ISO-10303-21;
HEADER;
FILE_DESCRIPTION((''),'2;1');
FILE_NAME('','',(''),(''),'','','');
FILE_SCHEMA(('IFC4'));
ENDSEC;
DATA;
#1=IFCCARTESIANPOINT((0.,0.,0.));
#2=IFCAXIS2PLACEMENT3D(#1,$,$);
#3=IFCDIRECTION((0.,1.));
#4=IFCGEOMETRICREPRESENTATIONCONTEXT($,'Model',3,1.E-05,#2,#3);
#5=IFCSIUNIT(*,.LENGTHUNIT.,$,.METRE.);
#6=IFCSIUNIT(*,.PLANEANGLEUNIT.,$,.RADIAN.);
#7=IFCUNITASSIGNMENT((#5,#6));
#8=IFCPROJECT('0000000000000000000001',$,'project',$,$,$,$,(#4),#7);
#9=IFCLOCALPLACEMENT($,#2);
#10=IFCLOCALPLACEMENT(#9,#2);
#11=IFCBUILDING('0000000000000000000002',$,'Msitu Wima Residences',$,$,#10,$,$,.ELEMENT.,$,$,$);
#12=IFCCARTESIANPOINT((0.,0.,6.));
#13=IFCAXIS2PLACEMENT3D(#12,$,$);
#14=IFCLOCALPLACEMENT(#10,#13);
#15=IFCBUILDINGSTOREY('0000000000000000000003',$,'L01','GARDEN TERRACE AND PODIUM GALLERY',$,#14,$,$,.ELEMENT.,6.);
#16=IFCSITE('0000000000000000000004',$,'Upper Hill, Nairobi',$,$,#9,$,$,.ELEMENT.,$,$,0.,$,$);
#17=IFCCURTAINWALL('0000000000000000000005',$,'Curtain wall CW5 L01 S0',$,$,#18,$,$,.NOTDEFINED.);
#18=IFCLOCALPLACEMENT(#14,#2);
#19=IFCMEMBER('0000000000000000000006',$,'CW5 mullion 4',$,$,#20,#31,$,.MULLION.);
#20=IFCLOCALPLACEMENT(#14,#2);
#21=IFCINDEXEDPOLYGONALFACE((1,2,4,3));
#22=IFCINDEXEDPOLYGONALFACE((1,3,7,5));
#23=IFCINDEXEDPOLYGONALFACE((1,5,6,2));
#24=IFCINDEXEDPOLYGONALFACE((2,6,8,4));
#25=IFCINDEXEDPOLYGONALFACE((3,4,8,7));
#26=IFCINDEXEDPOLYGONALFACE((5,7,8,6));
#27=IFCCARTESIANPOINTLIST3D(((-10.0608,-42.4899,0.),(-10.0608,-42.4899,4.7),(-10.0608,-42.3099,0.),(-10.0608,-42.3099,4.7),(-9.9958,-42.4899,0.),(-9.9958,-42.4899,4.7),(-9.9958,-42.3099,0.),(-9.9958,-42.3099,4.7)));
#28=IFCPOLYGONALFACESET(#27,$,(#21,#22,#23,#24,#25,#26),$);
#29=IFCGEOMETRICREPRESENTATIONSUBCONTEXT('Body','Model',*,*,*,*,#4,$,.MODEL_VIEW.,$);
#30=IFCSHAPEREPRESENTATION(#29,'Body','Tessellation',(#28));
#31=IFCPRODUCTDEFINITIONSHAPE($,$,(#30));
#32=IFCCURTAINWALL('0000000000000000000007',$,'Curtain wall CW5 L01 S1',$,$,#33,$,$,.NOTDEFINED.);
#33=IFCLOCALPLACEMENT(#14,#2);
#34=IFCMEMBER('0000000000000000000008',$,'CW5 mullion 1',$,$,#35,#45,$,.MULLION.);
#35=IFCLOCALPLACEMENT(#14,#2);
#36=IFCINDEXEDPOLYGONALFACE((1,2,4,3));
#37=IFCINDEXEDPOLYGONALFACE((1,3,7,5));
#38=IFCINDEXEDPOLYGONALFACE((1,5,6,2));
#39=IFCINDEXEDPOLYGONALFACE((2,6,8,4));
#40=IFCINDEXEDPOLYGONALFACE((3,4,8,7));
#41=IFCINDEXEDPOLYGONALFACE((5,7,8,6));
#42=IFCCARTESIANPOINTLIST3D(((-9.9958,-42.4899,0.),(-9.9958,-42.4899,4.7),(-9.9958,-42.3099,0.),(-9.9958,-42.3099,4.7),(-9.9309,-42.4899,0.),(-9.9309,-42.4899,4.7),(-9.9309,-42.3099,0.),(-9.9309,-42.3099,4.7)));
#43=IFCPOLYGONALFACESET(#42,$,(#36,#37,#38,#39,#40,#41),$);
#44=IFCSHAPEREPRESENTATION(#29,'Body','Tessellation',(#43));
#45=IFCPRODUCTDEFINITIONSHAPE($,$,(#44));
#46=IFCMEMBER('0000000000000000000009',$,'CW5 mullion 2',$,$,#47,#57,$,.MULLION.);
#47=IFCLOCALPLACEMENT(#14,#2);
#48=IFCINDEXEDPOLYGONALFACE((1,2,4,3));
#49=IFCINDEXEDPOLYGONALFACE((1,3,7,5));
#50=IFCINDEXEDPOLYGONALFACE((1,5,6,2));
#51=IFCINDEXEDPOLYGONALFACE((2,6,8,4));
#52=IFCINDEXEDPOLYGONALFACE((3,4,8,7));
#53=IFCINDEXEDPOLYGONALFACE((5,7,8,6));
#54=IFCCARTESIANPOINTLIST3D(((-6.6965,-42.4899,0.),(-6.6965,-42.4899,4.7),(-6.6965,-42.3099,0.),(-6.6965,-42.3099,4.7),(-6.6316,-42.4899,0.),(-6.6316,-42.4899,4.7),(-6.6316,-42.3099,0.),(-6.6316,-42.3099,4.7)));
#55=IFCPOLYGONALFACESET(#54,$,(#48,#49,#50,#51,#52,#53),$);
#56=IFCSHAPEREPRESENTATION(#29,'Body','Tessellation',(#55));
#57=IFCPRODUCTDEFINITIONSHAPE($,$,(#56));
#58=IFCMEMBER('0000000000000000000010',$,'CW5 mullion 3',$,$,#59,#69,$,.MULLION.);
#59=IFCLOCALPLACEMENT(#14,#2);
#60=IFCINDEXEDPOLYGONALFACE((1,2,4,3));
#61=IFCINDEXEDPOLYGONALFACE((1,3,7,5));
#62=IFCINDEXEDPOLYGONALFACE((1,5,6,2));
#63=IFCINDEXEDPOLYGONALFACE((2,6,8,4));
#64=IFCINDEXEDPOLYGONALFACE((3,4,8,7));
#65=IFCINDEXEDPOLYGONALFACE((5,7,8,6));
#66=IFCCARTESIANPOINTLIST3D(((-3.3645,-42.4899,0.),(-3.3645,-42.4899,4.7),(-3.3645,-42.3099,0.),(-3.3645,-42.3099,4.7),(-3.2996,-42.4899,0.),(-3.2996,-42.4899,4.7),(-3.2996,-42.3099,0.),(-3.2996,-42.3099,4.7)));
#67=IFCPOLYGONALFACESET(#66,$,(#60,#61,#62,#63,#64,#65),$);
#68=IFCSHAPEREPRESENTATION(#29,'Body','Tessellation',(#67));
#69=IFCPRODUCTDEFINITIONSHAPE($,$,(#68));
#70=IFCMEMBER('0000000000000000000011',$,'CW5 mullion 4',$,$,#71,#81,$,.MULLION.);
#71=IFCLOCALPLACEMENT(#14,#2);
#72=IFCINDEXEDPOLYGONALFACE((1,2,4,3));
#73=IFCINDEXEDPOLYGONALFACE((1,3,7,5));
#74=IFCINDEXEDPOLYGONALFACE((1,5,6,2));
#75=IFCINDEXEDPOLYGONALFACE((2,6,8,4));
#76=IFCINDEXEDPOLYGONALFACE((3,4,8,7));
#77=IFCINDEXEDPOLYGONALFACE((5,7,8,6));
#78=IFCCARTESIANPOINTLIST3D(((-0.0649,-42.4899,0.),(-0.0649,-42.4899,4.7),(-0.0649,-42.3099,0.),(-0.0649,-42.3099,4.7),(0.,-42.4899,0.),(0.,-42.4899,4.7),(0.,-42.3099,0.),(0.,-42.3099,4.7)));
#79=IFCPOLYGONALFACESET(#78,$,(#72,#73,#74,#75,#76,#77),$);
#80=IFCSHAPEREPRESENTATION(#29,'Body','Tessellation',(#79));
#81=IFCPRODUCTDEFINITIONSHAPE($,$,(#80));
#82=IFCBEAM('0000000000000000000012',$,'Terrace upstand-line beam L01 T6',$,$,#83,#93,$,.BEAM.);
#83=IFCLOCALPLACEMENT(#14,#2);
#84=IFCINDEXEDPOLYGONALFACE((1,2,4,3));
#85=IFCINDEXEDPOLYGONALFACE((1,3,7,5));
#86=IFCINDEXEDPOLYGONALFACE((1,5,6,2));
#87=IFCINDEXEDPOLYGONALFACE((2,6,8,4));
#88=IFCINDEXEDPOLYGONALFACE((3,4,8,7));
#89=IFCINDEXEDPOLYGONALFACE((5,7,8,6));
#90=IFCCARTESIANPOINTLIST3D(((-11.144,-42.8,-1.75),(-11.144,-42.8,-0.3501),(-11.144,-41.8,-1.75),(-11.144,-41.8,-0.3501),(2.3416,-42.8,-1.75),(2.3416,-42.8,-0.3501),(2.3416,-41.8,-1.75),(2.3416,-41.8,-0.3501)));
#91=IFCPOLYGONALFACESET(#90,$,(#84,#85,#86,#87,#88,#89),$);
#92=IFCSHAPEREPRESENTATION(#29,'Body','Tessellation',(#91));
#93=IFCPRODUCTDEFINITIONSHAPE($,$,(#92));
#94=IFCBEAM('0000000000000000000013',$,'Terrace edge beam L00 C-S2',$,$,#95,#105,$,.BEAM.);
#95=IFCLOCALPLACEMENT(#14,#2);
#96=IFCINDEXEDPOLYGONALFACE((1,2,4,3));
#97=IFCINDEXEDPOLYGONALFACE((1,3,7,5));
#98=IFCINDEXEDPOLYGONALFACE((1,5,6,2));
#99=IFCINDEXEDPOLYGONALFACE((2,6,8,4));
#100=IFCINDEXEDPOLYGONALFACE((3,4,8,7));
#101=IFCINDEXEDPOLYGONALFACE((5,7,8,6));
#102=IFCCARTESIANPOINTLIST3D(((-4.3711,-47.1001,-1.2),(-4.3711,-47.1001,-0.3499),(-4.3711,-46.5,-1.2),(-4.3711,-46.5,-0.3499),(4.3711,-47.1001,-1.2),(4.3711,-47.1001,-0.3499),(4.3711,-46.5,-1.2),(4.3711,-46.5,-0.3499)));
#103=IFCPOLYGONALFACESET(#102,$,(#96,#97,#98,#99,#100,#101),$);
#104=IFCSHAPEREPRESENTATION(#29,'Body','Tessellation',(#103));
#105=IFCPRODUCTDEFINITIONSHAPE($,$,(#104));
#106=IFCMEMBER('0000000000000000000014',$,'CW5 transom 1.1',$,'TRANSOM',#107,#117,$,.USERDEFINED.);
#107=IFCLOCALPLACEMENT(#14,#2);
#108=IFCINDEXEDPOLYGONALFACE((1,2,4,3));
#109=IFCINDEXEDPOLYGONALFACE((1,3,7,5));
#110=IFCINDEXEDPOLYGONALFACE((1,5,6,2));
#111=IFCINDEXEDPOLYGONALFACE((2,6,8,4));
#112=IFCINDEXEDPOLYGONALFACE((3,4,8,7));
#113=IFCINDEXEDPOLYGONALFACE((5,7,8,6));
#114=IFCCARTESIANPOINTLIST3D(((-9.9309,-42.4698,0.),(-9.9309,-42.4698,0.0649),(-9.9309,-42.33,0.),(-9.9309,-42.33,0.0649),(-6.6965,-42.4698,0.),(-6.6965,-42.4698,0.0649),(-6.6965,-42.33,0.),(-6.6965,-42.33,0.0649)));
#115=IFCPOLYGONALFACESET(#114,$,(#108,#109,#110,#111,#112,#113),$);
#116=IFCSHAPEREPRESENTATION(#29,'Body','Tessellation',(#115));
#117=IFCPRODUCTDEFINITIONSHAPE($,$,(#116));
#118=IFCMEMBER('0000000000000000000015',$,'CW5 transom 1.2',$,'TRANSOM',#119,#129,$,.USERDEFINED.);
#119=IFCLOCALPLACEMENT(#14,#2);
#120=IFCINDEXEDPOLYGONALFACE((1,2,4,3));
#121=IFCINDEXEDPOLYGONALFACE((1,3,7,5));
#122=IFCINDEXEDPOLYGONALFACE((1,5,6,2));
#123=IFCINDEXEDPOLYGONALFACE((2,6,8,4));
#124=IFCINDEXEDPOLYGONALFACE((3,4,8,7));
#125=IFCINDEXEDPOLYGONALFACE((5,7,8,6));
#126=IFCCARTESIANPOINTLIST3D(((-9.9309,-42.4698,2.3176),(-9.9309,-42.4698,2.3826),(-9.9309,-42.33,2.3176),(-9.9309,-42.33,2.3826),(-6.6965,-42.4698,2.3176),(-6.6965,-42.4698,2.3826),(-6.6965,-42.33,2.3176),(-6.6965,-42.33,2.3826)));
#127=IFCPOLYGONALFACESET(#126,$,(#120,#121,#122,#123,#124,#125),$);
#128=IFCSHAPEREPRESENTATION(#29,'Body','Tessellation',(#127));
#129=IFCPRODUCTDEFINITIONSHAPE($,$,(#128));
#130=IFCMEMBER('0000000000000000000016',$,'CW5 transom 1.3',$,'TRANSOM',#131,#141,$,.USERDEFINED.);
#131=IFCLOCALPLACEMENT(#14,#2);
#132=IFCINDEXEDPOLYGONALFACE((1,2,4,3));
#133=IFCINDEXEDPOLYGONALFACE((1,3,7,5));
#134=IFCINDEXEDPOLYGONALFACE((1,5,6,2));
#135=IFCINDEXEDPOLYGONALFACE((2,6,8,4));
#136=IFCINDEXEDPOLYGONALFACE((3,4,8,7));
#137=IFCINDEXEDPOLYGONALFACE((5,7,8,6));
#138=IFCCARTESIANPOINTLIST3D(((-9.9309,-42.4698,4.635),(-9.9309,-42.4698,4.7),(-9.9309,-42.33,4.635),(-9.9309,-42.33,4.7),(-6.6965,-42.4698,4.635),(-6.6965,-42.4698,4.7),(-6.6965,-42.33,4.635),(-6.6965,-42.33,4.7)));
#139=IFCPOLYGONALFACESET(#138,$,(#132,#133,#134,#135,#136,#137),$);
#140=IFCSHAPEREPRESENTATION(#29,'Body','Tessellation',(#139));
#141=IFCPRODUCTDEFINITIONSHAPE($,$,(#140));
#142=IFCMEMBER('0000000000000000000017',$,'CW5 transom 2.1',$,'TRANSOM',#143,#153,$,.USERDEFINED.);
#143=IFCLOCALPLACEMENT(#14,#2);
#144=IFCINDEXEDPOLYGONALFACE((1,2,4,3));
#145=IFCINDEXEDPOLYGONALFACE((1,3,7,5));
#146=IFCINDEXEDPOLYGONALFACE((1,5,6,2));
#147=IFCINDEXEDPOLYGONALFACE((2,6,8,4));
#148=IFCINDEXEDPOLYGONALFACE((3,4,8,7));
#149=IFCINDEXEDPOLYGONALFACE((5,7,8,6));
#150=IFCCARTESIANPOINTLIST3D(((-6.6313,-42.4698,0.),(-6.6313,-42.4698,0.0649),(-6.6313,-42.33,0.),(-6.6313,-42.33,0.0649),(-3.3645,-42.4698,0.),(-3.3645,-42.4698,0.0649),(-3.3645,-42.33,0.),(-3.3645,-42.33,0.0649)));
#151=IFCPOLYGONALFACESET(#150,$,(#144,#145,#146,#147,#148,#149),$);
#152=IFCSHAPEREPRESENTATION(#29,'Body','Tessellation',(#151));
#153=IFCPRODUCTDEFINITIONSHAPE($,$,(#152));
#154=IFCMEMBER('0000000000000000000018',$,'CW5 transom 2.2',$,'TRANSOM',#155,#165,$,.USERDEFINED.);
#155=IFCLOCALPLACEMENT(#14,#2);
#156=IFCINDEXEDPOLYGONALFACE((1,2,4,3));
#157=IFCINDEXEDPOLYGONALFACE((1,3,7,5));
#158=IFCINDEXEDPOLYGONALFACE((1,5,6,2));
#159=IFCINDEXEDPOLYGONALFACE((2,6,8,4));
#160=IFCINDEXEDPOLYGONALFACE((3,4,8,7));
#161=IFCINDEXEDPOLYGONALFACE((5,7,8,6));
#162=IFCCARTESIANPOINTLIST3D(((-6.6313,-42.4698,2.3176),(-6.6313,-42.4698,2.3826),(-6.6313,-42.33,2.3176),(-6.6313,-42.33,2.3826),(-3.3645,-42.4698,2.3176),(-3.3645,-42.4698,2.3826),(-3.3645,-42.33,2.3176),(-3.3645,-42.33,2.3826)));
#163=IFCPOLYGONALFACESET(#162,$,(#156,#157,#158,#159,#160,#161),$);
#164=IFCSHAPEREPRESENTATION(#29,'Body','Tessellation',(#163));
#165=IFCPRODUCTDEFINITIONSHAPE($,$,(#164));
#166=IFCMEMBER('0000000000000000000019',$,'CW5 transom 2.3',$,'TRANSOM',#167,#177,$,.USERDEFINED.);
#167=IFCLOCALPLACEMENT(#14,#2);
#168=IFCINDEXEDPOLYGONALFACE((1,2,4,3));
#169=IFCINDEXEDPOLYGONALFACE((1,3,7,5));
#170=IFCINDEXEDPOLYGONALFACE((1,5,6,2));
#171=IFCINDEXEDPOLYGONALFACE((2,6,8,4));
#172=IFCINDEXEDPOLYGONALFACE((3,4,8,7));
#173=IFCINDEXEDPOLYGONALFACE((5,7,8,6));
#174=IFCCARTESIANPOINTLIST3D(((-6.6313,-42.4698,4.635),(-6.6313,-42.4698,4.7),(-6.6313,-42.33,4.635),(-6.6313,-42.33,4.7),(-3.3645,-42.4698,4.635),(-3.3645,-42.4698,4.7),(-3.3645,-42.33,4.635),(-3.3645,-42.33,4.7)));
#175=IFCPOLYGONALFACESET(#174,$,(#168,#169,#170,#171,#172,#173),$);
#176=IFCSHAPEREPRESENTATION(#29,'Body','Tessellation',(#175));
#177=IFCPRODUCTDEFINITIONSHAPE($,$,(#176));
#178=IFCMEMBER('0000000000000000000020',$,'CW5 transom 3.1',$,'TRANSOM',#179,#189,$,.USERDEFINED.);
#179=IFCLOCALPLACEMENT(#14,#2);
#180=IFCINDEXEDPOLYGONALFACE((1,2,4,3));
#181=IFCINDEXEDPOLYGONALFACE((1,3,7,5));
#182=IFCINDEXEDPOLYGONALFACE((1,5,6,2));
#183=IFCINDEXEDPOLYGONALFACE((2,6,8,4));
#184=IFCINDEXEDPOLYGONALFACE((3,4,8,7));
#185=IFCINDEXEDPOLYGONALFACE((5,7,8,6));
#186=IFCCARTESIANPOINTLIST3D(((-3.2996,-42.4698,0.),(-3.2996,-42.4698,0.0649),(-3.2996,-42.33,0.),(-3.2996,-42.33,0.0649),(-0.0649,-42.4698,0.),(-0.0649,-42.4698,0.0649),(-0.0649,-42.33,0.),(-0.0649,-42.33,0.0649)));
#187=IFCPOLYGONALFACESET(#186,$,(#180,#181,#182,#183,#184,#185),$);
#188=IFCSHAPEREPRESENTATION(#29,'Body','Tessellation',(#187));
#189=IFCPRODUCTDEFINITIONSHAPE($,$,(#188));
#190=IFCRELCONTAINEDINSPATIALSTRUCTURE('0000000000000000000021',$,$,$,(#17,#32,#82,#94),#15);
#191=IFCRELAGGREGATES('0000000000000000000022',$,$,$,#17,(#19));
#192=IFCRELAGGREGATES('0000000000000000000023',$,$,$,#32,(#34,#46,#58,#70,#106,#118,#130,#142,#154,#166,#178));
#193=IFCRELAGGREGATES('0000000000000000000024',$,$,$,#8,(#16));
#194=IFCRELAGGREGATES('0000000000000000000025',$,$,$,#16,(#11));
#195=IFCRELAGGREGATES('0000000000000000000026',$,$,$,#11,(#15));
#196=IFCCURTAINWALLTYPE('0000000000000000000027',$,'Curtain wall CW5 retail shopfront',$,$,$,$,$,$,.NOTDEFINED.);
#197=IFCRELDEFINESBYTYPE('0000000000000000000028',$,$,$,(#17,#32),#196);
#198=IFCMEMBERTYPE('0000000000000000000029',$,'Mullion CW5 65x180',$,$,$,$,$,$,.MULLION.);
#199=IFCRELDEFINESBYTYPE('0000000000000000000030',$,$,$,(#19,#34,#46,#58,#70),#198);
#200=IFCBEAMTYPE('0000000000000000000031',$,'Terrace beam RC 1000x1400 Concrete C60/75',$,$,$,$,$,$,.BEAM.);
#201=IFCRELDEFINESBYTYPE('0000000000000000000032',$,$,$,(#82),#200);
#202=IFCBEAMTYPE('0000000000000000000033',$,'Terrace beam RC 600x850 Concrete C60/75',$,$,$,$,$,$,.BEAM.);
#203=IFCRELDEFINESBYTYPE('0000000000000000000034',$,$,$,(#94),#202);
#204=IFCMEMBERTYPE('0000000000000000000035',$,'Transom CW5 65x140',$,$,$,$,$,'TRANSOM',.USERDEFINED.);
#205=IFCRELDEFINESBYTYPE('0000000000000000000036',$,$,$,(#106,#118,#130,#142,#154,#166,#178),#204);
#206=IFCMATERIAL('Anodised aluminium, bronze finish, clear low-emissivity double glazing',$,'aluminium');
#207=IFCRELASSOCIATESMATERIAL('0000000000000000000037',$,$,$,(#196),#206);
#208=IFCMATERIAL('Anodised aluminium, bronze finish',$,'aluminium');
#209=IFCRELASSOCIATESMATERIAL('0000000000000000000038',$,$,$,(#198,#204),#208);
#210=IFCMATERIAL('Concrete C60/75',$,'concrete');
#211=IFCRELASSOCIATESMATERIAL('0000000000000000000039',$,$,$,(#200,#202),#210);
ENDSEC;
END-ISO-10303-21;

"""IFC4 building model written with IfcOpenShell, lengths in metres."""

from ifc_helpers import new_model, si_unit, direction, frame, origin, origin_2d, place, context, subcontext, project, spatial, rectangle, extrude, material, material_profile, profile_set, type_object, element, aggregate, save


model = new_model("IFC4")

# Units and contexts
model_context = context("Model", 3, precision=1e-05, world=origin(), true_north=direction((0.0, 1.0)))
body_context = subcontext(model_context, "Body", "Model", "MODEL_VIEW")
ifc_project = project(units=[si_unit("LENGTHUNIT", "METRE"), si_unit("PLANEANGLEUNIT", "RADIAN")], contexts=[model_context])

# Site, building, storey
site_placement = place(None, origin())
site = spatial("IfcSite", under=ifc_project, at=site_placement, Name="Upper Hill, Nairobi", CompositionType="ELEMENT", RefElevation=0.0)
building_placement = place(site_placement, origin())
building = spatial("IfcBuilding", under=site, at=building_placement, Name="Msitu Wima Residences", CompositionType="ELEMENT")
storey_placement = place(building_placement, frame((0.0, 0.0, 6.0)))
storey = spatial("IfcBuildingStorey", under=building, at=storey_placement, Name="L01", Description="GARDEN TERRACE AND PODIUM GALLERY", CompositionType="ELEMENT", Elevation=6.0)

# Curtain wall, member
ifc_material_1 = material(Name="Anodised aluminium, bronze finish, clear low-emissivity double glazing", Category="aluminium")
curtain_wall_type = type_object("IfcCurtainWallType", Name="Curtain wall CW5 retail shopfront", PredefinedType="NOTDEFINED", material=ifc_material_1)
curtain_wall_1_placement = place(storey_placement, origin())
curtain_wall_1 = element("IfcCurtainWall", 1, at=curtain_wall_1_placement, inside=storey, type_object=curtain_wall_type, Name="Curtain wall CW5 L01 S0", PredefinedType="NOTDEFINED")
ifc_material_2 = material(Name="Anodised aluminium, bronze finish", Category="aluminium")
ifc_material_profile_1 = material_profile(ifc_material_2, rectangle(XDim=0.1799, YDim=0.0649, at=origin_2d()), Name="Mullion 65x180")
ifc_profile_set_1 = profile_set([ifc_material_profile_1], Name="Anodised aluminium, bronze finish")
member_type_1 = type_object("IfcMemberType", Name="Mullion CW5 65x180", PredefinedType="MULLION", material=ifc_profile_set_1)
member_1_placement = place(storey_placement, frame((-10.0283, -42.3999, 0.0), z_axis=(0.0, 0.0, 1.0), x_axis=(0.0, 1.0, 0.0)))
member_1 = element("IfcMember", 2, at=member_1_placement, type_object=member_type_1, Name="CW5 mullion 4", PredefinedType="MULLION", context=body_context, shape_type="SweptSolid", body=[
    extrude(rectangle(XDim=0.1799, YDim=0.0649, at=origin_2d()), origin(), (0.0, 0.0, 1.0), 4.7),
])

# Curtain wall, members
curtain_wall_2_placement = place(storey_placement, origin())
curtain_wall_2 = element("IfcCurtainWall", 3, at=curtain_wall_2_placement, inside=storey, type_object=curtain_wall_type, Name="Curtain wall CW5 L01 S1", PredefinedType="NOTDEFINED")
member_2_placement = place(storey_placement, frame((-9.9634, -42.3999, 0.0), z_axis=(0.0, 0.0, 1.0), x_axis=(0.0, 1.0, 0.0)))
member_2 = element("IfcMember", 4, at=member_2_placement, type_object=member_type_1, Name="CW5 mullion 1", PredefinedType="MULLION", context=body_context, shape_type="SweptSolid", body=[
    extrude(rectangle(XDim=0.1799, YDim=0.0649, at=origin_2d()), origin(), (0.0, 0.0, 1.0), 4.7),
])
member_3_placement = place(storey_placement, frame((-6.6641, -42.3999, 0.0), z_axis=(0.0, 0.0, 1.0), x_axis=(0.0, 1.0, 0.0)))
member_3 = element("IfcMember", 5, at=member_3_placement, type_object=member_type_1, Name="CW5 mullion 2", PredefinedType="MULLION", context=body_context, shape_type="SweptSolid", body=[
    extrude(rectangle(XDim=0.1799, YDim=0.0649, at=origin_2d()), origin(), (0.0, 0.0, 1.0), 4.7),
])
member_4_placement = place(storey_placement, frame((-3.332, -42.3999, 0.0), z_axis=(0.0, 0.0, 1.0), x_axis=(0.0, 1.0, 0.0)))
member_4 = element("IfcMember", 6, at=member_4_placement, type_object=member_type_1, Name="CW5 mullion 3", PredefinedType="MULLION", context=body_context, shape_type="SweptSolid", body=[
    extrude(rectangle(XDim=0.1799, YDim=0.0649, at=origin_2d()), origin(), (0.0, 0.0, 1.0), 4.7),
])
member_5_placement = place(storey_placement, frame((-0.0325, -42.3999, 0.0), z_axis=(0.0, 0.0, 1.0), x_axis=(0.0, 1.0, 0.0)))
member_5 = element("IfcMember", 7, at=member_5_placement, type_object=member_type_1, Name="CW5 mullion 4", PredefinedType="MULLION", context=body_context, shape_type="SweptSolid", body=[
    extrude(rectangle(XDim=0.1799, YDim=0.0649, at=origin_2d()), origin(), (0.0, 0.0, 1.0), 4.7),
])

# Beams
ifc_material_3 = material(Name="Concrete C60/75", Category="concrete")
ifc_material_profile_2 = material_profile(ifc_material_3, rectangle(XDim=1.0, YDim=1.3999, at=origin_2d()), Name="RC 1000x1400")
ifc_profile_set_2 = profile_set([ifc_material_profile_2], Name="Concrete C60/75")
beam_type_1 = type_object("IfcBeamType", Name="Terrace beam RC 1000x1400 Concrete C60/75", PredefinedType="BEAM", material=ifc_profile_set_2)
beam_1_placement = place(storey_placement, frame((-11.144, -42.3, -1.05), z_axis=(1.0, 0.0, 0.0), x_axis=(0.0, 1.0, 0.0)))
element("IfcBeam", 8, at=beam_1_placement, inside=storey, type_object=beam_type_1, Name="Terrace upstand-line beam L01 T6", PredefinedType="BEAM", context=body_context, shape_type="SweptSolid", body=[
    extrude(rectangle(XDim=1.0, YDim=1.3999, at=origin_2d()), origin(), (0.0, 0.0, 1.0), 13.4856),
])
ifc_material_profile_3 = material_profile(ifc_material_3, rectangle(XDim=0.6001, YDim=0.8501, at=origin_2d()), Name="RC 600x850")
ifc_profile_set_3 = profile_set([ifc_material_profile_3], Name="Concrete C60/75")
beam_type_2 = type_object("IfcBeamType", Name="Terrace beam RC 600x850 Concrete C60/75", PredefinedType="BEAM", material=ifc_profile_set_3)
beam_2_placement = place(storey_placement, frame((-4.3711, -46.8, -0.7749), z_axis=(1.0, 0.0, 0.0), x_axis=(0.0, 1.0, 0.0)))
element("IfcBeam", 9, at=beam_2_placement, inside=storey, type_object=beam_type_2, Name="Terrace edge beam L00 C-S2", PredefinedType="BEAM", context=body_context, shape_type="SweptSolid", body=[
    extrude(rectangle(XDim=0.6001, YDim=0.8501, at=origin_2d()), origin(), (0.0, 0.0, 1.0), 8.7422),
])

# Members
ifc_material_profile_4 = material_profile(ifc_material_2, rectangle(XDim=0.1399, YDim=0.0649, at=origin_2d()), Name="Transom 65x140")
ifc_profile_set_4 = profile_set([ifc_material_profile_4], Name="Anodised aluminium, bronze finish")
member_type_2 = type_object("IfcMemberType", Name="Transom CW5 65x140", ElementType="TRANSOM", PredefinedType="USERDEFINED", material=ifc_profile_set_4)
member_6_placement = place(storey_placement, frame((-9.9309, -42.3999, 0.0325), z_axis=(1.0, 0.0, 0.0), x_axis=(0.0, 1.0, 0.0)))
member_6 = element("IfcMember", 10, at=member_6_placement, type_object=member_type_2, Name="CW5 transom 1.1", ObjectType="TRANSOM", PredefinedType="USERDEFINED", context=body_context, shape_type="SweptSolid", body=[
    extrude(rectangle(XDim=0.1399, YDim=0.0649, at=origin_2d()), origin(), (0.0, 0.0, 1.0), 3.2344),
])
member_7_placement = place(storey_placement, frame((-9.9309, -42.3999, 2.3501), z_axis=(1.0, 0.0, 0.0), x_axis=(0.0, 1.0, 0.0)))
member_7 = element("IfcMember", 11, at=member_7_placement, type_object=member_type_2, Name="CW5 transom 1.2", ObjectType="TRANSOM", PredefinedType="USERDEFINED", context=body_context, shape_type="SweptSolid", body=[
    extrude(rectangle(XDim=0.1399, YDim=0.0649, at=origin_2d()), origin(), (0.0, 0.0, 1.0), 3.2344),
])
member_8_placement = place(storey_placement, frame((-9.9309, -42.3999, 4.6675), z_axis=(1.0, 0.0, 0.0), x_axis=(0.0, 1.0, 0.0)))
member_8 = element("IfcMember", 12, at=member_8_placement, type_object=member_type_2, Name="CW5 transom 1.3", ObjectType="TRANSOM", PredefinedType="USERDEFINED", context=body_context, shape_type="SweptSolid", body=[
    extrude(rectangle(XDim=0.1399, YDim=0.0649, at=origin_2d()), origin(), (0.0, 0.0, 1.0), 3.2344),
])
member_9_placement = place(storey_placement, frame((-6.6313, -42.3999, 0.0325), z_axis=(1.0, 0.0, 0.0), x_axis=(0.0, 1.0, 0.0)))
member_9 = element("IfcMember", 13, at=member_9_placement, type_object=member_type_2, Name="CW5 transom 2.1", ObjectType="TRANSOM", PredefinedType="USERDEFINED", context=body_context, shape_type="SweptSolid", body=[
    extrude(rectangle(XDim=0.1399, YDim=0.0649, at=origin_2d()), origin(), (0.0, 0.0, 1.0), 3.2668),
])
member_10_placement = place(storey_placement, frame((-6.6313, -42.3999, 2.3501), z_axis=(1.0, 0.0, 0.0), x_axis=(0.0, 1.0, 0.0)))
member_10 = element("IfcMember", 14, at=member_10_placement, type_object=member_type_2, Name="CW5 transom 2.2", ObjectType="TRANSOM", PredefinedType="USERDEFINED", context=body_context, shape_type="SweptSolid", body=[
    extrude(rectangle(XDim=0.1399, YDim=0.0649, at=origin_2d()), origin(), (0.0, 0.0, 1.0), 3.2668),
])
member_11_placement = place(storey_placement, frame((-6.6313, -42.3999, 4.6675), z_axis=(1.0, 0.0, 0.0), x_axis=(0.0, 1.0, 0.0)))
member_11 = element("IfcMember", 15, at=member_11_placement, type_object=member_type_2, Name="CW5 transom 2.3", ObjectType="TRANSOM", PredefinedType="USERDEFINED", context=body_context, shape_type="SweptSolid", body=[
    extrude(rectangle(XDim=0.1399, YDim=0.0649, at=origin_2d()), origin(), (0.0, 0.0, 1.0), 3.2668),
])
member_12_placement = place(storey_placement, frame((-3.2996, -42.3999, 0.0325), z_axis=(1.0, 0.0, 0.0), x_axis=(0.0, 1.0, 0.0)))
member_12 = element("IfcMember", 16, at=member_12_placement, type_object=member_type_2, Name="CW5 transom 3.1", ObjectType="TRANSOM", PredefinedType="USERDEFINED", context=body_context, shape_type="SweptSolid", body=[
    extrude(rectangle(XDim=0.1399, YDim=0.0649, at=origin_2d()), origin(), (0.0, 0.0, 1.0), 3.2346),
])

aggregate(curtain_wall_1, [member_1])
aggregate(curtain_wall_2, [member_2, member_3, member_4, member_5, member_6, member_7, member_8, member_9, member_10, member_11, member_12])

save(model, "model.ifc")
